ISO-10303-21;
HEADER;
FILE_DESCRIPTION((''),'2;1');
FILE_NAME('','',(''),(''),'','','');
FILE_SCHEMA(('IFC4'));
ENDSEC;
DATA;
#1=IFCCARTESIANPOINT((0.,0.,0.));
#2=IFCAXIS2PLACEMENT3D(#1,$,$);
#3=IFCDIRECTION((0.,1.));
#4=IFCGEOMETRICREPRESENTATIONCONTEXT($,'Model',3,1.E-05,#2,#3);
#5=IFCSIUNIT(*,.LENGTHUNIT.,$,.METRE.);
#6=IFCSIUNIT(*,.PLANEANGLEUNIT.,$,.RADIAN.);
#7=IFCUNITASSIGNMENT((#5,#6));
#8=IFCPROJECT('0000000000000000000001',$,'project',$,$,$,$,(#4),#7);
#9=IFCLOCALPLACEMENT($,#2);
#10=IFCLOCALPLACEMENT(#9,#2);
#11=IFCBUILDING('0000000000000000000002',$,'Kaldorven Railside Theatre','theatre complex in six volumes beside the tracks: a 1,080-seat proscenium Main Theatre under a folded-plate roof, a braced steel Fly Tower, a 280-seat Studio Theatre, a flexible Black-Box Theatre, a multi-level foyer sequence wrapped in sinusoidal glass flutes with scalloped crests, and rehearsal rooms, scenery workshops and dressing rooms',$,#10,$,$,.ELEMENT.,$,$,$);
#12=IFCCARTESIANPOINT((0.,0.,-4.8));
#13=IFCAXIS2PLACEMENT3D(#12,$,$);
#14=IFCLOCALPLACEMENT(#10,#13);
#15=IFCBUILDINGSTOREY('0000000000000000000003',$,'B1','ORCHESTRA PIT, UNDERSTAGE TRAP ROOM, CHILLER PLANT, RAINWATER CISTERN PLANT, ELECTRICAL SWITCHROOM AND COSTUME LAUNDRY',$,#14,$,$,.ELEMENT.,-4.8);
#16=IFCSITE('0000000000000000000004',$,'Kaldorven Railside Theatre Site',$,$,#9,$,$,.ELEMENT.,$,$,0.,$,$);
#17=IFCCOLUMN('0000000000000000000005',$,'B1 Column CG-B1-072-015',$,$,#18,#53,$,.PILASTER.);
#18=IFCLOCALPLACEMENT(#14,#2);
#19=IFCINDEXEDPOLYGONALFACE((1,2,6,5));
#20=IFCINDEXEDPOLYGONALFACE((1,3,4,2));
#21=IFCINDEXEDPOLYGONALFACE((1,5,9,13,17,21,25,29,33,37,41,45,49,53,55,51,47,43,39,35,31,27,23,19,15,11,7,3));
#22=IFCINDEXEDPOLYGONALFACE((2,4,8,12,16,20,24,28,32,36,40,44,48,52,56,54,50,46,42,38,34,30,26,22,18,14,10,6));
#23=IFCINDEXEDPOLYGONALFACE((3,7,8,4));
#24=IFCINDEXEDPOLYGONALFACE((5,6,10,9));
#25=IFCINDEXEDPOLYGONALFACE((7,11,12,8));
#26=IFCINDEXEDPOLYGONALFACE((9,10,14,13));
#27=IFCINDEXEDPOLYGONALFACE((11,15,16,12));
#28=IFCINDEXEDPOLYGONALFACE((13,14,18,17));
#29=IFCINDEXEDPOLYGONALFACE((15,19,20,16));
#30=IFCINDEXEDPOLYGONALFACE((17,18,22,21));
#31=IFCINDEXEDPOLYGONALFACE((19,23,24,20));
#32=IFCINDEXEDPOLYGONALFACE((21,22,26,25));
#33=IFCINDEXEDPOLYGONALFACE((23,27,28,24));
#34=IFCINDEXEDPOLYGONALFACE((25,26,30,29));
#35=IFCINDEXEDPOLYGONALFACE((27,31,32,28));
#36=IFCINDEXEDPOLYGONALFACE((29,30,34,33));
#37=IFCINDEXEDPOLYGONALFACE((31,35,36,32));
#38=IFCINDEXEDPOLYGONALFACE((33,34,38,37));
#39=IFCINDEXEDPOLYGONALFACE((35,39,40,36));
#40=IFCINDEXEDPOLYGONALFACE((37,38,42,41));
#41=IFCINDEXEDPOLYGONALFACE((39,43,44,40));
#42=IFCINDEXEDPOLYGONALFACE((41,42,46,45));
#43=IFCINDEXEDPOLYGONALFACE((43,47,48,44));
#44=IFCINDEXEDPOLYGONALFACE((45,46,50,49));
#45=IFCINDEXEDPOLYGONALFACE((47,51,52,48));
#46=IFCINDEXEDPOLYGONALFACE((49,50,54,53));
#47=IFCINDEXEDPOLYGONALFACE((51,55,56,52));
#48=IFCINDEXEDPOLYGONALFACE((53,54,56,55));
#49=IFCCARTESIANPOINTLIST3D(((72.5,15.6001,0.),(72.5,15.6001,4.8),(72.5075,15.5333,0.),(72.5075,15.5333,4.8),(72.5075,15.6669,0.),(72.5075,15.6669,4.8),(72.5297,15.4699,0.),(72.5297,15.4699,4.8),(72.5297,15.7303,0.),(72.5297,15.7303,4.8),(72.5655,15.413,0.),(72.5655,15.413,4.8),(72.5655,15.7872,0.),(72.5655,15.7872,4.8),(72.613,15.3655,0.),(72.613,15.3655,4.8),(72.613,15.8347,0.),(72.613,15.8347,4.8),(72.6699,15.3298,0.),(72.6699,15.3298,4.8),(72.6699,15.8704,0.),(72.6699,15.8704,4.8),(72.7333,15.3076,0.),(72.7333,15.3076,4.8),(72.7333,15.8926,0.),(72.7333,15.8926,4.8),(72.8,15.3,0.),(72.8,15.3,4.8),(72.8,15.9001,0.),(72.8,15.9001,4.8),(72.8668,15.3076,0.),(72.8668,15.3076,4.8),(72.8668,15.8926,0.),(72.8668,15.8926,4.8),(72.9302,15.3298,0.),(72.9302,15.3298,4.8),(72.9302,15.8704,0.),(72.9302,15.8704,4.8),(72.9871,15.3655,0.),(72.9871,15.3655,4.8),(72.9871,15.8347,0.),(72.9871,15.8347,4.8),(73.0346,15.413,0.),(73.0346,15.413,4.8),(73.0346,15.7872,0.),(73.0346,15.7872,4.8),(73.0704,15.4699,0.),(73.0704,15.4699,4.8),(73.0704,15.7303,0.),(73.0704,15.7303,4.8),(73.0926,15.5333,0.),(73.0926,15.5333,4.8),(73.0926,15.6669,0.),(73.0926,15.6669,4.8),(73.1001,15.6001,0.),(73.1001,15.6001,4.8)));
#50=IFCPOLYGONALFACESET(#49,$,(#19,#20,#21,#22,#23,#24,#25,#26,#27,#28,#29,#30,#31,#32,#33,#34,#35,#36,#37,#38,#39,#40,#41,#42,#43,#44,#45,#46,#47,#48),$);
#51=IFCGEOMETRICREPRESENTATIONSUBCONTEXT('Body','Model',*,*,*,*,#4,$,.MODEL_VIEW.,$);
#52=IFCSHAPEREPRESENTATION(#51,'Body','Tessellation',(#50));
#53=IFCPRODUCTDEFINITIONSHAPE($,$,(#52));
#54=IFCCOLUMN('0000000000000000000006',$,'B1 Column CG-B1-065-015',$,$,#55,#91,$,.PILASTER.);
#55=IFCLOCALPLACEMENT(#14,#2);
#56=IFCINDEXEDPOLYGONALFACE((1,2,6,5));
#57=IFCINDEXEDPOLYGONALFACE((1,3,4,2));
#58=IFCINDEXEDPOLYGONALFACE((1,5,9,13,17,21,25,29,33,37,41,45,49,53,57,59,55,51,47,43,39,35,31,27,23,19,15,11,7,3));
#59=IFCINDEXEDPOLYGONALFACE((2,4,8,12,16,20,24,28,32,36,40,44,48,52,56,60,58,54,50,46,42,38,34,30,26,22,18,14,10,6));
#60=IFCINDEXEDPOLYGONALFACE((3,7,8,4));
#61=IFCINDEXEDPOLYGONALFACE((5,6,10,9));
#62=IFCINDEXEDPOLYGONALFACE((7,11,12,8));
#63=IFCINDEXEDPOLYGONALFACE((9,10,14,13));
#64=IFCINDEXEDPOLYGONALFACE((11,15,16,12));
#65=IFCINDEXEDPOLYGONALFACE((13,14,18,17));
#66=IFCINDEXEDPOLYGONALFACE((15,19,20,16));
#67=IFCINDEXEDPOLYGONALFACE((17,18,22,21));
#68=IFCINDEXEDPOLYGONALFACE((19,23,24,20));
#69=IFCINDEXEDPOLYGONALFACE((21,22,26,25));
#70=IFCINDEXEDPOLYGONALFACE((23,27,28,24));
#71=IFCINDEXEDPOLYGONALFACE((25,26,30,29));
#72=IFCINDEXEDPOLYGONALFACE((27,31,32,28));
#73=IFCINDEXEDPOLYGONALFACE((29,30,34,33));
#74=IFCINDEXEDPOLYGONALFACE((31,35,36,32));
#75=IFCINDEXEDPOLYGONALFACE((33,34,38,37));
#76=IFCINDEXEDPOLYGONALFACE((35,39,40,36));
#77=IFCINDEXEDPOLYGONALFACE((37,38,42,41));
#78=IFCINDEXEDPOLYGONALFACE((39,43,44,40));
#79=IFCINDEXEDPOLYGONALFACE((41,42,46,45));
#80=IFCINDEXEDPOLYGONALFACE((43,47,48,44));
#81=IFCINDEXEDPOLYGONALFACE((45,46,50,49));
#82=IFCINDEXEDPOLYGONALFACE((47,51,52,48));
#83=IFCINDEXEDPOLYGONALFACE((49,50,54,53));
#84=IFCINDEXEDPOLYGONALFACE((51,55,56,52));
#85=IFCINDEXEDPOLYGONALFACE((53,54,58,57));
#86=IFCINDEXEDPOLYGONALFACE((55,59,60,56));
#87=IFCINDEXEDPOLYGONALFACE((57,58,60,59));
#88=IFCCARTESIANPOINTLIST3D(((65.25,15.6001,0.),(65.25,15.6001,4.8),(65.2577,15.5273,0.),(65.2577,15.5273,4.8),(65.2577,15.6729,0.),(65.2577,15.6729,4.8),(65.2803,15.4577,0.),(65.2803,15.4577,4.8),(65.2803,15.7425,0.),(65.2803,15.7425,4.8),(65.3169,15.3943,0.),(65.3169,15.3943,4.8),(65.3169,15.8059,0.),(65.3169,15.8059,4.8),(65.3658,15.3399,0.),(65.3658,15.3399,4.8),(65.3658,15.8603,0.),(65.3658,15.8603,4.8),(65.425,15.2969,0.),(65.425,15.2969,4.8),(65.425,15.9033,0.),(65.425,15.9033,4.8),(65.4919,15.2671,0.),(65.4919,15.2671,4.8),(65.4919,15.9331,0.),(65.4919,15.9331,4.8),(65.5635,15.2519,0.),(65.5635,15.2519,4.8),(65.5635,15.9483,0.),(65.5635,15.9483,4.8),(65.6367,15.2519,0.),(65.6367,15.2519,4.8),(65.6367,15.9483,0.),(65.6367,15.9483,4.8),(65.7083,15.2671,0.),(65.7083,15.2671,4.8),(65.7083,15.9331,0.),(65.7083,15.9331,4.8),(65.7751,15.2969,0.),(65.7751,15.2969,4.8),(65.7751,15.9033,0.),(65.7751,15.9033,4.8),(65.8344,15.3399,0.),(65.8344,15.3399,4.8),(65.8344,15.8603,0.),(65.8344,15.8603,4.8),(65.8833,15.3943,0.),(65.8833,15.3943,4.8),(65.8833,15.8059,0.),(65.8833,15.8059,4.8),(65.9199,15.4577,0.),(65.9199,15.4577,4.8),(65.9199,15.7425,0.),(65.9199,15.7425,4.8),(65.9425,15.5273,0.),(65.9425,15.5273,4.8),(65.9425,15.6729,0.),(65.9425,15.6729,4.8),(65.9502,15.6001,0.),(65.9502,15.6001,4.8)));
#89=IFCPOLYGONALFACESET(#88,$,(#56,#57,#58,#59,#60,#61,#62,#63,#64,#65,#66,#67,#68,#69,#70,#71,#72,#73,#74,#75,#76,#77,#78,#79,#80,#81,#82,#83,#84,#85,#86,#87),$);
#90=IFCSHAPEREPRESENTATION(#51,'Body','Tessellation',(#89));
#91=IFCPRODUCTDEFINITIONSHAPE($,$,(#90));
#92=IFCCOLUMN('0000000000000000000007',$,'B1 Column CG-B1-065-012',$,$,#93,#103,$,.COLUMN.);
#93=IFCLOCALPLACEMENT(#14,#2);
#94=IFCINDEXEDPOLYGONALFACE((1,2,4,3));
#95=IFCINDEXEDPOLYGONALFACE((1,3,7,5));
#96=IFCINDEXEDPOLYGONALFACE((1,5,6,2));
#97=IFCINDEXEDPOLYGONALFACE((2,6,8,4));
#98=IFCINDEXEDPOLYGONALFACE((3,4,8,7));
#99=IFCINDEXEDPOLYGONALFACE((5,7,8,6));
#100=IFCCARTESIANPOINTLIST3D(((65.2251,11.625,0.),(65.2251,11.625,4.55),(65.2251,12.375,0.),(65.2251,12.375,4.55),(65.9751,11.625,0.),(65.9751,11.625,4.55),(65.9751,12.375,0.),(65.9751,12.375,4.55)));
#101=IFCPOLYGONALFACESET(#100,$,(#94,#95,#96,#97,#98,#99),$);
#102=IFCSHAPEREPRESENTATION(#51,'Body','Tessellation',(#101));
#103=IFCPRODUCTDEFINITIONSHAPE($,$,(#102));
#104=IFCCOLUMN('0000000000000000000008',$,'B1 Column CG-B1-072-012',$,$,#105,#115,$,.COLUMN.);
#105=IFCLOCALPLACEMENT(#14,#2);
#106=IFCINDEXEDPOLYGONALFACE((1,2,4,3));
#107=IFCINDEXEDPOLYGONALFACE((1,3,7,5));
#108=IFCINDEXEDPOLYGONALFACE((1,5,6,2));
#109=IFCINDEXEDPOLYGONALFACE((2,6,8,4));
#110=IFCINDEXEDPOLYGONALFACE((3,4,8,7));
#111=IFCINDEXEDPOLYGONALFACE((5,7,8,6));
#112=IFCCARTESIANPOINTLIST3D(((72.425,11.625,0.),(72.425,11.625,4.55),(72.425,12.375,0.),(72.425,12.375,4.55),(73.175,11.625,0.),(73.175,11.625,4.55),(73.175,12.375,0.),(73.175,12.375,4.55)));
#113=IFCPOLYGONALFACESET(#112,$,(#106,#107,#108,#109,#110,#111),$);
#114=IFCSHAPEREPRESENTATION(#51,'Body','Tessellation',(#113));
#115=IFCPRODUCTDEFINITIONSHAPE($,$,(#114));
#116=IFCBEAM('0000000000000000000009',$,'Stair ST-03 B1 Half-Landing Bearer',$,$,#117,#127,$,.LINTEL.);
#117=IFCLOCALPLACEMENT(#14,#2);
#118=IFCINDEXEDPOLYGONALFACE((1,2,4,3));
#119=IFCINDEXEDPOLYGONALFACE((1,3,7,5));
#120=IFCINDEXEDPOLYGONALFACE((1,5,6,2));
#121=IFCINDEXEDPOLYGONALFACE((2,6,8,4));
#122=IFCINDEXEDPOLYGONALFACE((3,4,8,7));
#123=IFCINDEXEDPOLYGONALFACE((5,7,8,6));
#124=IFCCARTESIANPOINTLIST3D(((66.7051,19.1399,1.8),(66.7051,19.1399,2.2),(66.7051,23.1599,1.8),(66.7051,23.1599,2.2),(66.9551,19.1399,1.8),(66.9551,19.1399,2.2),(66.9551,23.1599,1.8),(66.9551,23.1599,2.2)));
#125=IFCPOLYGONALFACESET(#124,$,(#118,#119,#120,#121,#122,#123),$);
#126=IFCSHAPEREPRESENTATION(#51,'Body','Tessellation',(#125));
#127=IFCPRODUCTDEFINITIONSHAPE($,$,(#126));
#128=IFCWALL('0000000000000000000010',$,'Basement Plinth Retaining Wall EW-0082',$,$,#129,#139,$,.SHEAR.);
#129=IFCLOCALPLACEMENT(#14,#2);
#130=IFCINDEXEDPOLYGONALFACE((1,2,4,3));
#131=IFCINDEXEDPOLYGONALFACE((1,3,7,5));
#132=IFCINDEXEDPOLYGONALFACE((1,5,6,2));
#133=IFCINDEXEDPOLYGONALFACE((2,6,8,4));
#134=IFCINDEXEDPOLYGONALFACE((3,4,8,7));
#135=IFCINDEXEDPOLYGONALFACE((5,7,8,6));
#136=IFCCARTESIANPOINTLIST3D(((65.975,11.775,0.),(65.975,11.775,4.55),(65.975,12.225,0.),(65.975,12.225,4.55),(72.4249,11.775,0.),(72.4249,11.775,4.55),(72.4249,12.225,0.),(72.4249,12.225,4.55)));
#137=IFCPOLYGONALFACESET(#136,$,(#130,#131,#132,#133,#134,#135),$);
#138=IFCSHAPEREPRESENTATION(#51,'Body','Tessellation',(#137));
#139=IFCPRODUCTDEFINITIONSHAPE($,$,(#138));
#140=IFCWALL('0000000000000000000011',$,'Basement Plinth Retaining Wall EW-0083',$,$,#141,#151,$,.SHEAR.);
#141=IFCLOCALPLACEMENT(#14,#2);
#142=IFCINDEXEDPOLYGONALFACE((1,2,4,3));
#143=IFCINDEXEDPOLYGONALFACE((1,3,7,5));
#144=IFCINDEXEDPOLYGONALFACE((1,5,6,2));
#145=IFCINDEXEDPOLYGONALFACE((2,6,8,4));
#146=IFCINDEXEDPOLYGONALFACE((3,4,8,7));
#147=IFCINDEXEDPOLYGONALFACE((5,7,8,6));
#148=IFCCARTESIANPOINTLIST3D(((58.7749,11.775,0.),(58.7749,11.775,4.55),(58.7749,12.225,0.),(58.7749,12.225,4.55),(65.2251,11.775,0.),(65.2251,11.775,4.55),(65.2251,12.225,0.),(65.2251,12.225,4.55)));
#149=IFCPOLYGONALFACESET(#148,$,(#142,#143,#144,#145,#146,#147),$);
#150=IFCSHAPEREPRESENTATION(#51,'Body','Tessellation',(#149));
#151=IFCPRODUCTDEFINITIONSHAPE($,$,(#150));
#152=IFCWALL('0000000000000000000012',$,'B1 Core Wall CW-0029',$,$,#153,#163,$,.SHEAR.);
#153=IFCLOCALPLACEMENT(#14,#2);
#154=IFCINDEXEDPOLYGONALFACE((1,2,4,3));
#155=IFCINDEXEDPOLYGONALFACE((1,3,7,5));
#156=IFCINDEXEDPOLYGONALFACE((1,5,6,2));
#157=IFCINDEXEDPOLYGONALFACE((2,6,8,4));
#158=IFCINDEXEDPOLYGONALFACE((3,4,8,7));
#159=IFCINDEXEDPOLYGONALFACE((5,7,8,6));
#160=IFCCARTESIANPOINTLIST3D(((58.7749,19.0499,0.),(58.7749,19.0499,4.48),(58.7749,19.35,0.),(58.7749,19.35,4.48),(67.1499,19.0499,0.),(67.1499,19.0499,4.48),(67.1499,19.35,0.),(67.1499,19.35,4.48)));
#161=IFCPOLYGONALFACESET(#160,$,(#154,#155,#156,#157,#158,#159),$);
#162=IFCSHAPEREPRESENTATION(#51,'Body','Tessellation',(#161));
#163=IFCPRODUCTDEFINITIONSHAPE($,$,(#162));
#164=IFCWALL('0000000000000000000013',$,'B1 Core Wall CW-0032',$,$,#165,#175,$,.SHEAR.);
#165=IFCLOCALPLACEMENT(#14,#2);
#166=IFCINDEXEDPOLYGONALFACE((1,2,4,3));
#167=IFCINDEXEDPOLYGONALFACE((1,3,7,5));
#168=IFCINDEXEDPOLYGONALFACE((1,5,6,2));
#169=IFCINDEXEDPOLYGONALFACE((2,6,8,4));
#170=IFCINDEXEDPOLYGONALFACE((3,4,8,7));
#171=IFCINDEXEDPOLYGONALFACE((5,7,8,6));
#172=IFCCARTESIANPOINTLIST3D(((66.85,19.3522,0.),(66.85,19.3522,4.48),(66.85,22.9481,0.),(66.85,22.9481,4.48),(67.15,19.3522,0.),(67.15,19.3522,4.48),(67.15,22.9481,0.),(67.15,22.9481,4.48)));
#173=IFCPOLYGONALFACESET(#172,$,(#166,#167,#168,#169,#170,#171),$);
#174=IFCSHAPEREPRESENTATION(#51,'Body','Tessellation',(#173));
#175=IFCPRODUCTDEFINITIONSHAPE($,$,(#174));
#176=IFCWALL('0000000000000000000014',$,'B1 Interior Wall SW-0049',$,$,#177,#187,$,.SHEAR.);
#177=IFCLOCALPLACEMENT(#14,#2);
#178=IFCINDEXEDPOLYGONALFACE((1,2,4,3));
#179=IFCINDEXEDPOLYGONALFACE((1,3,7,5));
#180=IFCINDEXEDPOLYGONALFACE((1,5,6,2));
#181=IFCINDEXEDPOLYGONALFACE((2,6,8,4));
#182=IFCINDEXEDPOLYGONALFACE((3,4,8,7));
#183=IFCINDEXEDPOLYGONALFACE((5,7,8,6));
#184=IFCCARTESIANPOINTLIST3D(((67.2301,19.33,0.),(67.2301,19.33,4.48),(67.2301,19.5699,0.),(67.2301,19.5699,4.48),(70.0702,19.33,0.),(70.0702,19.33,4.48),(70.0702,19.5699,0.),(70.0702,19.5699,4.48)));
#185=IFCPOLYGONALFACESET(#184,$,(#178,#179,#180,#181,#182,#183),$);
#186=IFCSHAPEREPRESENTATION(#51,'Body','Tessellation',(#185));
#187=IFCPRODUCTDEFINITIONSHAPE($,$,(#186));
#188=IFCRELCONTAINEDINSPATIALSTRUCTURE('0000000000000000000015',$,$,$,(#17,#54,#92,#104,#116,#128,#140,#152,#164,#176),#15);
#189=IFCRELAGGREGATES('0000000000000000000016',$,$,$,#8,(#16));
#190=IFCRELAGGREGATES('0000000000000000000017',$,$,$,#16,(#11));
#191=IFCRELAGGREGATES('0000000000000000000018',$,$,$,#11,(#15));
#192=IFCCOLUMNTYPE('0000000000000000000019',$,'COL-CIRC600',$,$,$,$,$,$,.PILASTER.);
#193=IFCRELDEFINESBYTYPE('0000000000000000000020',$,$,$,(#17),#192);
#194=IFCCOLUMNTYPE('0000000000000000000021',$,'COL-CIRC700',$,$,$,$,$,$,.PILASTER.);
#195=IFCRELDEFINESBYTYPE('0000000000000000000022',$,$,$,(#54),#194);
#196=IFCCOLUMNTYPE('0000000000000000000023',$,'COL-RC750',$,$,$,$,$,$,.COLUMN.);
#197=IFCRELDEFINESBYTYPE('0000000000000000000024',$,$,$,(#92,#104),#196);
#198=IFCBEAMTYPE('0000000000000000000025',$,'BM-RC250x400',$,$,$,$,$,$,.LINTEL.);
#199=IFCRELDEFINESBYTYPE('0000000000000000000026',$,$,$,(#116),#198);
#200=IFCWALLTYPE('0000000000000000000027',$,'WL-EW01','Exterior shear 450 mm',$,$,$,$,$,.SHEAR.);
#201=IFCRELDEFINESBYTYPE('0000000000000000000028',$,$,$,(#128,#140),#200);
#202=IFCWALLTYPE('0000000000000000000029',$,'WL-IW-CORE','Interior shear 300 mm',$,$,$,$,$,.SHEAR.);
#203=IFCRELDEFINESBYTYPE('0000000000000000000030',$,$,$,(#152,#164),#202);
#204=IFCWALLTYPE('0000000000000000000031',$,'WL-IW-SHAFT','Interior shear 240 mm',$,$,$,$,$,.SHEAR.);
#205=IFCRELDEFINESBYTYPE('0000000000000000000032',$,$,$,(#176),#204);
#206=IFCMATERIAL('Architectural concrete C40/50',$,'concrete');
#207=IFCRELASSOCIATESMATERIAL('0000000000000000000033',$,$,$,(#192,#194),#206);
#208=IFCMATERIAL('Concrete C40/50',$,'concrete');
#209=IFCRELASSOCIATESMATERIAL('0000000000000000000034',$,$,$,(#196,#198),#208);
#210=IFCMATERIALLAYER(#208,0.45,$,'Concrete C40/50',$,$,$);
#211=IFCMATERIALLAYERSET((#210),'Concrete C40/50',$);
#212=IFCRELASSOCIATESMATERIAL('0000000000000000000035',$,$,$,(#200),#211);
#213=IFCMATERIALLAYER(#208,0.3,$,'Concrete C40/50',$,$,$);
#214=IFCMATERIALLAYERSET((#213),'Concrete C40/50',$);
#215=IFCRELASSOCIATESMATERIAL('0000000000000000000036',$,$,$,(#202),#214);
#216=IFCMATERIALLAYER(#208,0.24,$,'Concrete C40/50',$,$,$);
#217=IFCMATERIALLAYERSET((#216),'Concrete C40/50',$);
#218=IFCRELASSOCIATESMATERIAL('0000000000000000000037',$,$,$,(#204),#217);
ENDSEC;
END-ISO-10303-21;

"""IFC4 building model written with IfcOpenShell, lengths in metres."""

from ifc_helpers import new_model, si_unit, direction, frame, frame_2d, origin, origin_2d, place, context, subcontext, project, spatial, rectangle, circle, extrude, material, layer, layer_set, material_profile, profile_set, type_object, element, save


model = new_model("IFC4")

# Units and contexts
model_context = context("Model", 3, precision=1e-05, world=origin(), true_north=direction((0.0, 1.0)))
body_context = subcontext(model_context, "Body", "Model", "MODEL_VIEW")
ifc_project = project(units=[si_unit("LENGTHUNIT", "METRE"), si_unit("PLANEANGLEUNIT", "RADIAN")], contexts=[model_context])

# Site, building, storey
site_placement = place(None, origin())
site = spatial("IfcSite", under=ifc_project, at=site_placement, Name="Kaldorven Railside Theatre Site", CompositionType="ELEMENT", RefElevation=0.0)
building_placement = place(site_placement, origin())
building = spatial("IfcBuilding", under=site, at=building_placement, Name="Kaldorven Railside Theatre", Description="theatre complex in six volumes beside the tracks: a 1,080-seat proscenium Main Theatre under a folded-plate roof, a braced steel Fly Tower, a 280-seat Studio Theatre, a flexible Black-Box Theatre, a multi-level foyer sequence wrapped in sinusoidal glass flutes with scalloped crests, and rehearsal rooms, scenery workshops and dressing rooms", CompositionType="ELEMENT")
storey_placement = place(building_placement, frame((0.0, 0.0, -4.8)))
storey = spatial("IfcBuildingStorey", under=building, at=storey_placement, Name="B1", Description="ORCHESTRA PIT, UNDERSTAGE TRAP ROOM, CHILLER PLANT, RAINWATER CISTERN PLANT, ELECTRICAL SWITCHROOM AND COSTUME LAUNDRY", CompositionType="ELEMENT", Elevation=-4.8)

# Shared definitions
ifc_material_1 = material(Name="Concrete C40/50", Category="concrete")

# Columns
ifc_material_2 = material(Name="Architectural concrete C40/50", Category="concrete")
ifc_material_profile_1 = material_profile(ifc_material_2, circle(Radius=0.3, at=origin_2d()), Name="RC D600")
ifc_profile_set_1 = profile_set([ifc_material_profile_1], Name="Architectural concrete C40/50")
column_type_1 = type_object("IfcColumnType", Name="COL-CIRC600", PredefinedType="PILASTER", material=ifc_profile_set_1)
column_1_placement = place(storey_placement, frame((72.8, 15.6001, 0.0), z_axis=(0.0, 0.0, 1.0), x_axis=(1.0, 0.0, 0.0)))
element("IfcColumn", 1, at=column_1_placement, inside=storey, type_object=column_type_1, Name="B1 Column CG-B1-072-015", PredefinedType="PILASTER", context=body_context, shape_type="SweptSolid", body=[
    extrude(circle(Radius=0.3, at=origin_2d()), origin(), (0.0, 0.0, 1.0), 4.8),
])
ifc_material_profile_2 = material_profile(ifc_material_2, circle(Radius=0.3501, at=origin_2d()), Name="RC D700")
ifc_profile_set_2 = profile_set([ifc_material_profile_2], Name="Architectural concrete C40/50")
column_type_2 = type_object("IfcColumnType", Name="COL-CIRC700", PredefinedType="PILASTER", material=ifc_profile_set_2)
column_2_placement = place(storey_placement, frame((65.6001, 15.6001, 0.0), z_axis=(0.0, 0.0, 1.0), x_axis=(1.0, 0.0, 0.0)))
element("IfcColumn", 2, at=column_2_placement, inside=storey, type_object=column_type_2, Name="B1 Column CG-B1-065-015", PredefinedType="PILASTER", context=body_context, shape_type="SweptSolid", body=[
    extrude(circle(Radius=0.3501, at=origin_2d()), origin(), (0.0, 0.0, 1.0), 4.8),
])
ifc_material_profile_3 = material_profile(ifc_material_1, rectangle(XDim=0.75, YDim=0.75, at=origin_2d()), Name="RC 750x750")
ifc_profile_set_3 = profile_set([ifc_material_profile_3], Name="Concrete C40/50")
column_type_3 = type_object("IfcColumnType", Name="COL-RC750", PredefinedType="COLUMN", material=ifc_profile_set_3)
for number, where, z_axis, x_axis, name in (
    (3, (65.6001, 12.0, 0.0), (0.0, 0.0, 1.0), (1.0, 0.0, 0.0), "B1 Column CG-B1-065-012"),
    (4, (72.8, 12.0, 0.0), (0.0, 0.0, 1.0), (1.0, 0.0, 0.0), "B1 Column CG-B1-072-012"),
):
    element("IfcColumn", number, at=place(storey_placement, frame(where, z_axis=z_axis, x_axis=x_axis)), inside=storey, type_object=column_type_3, Name=name, PredefinedType="COLUMN", context=body_context, shape_type="SweptSolid", body=[
        extrude(rectangle(XDim=0.75, YDim=0.75, at=origin_2d()), origin(), (0.0, 0.0, 1.0), 4.55),
    ])

# Beam
ifc_material_profile_4 = material_profile(ifc_material_1, rectangle(XDim=0.25, YDim=0.3999, at=origin_2d()), Name="RC 250x400")
ifc_profile_set_4 = profile_set([ifc_material_profile_4], Name="Concrete C40/50")
beam_type = type_object("IfcBeamType", Name="BM-RC250x400", PredefinedType="LINTEL", material=ifc_profile_set_4)
beam_placement = place(storey_placement, frame((66.8301, 19.1399, 2.0), z_axis=(0.0, 1.0, 0.0), x_axis=(-1.0, 0.0, 0.0)))
element("IfcBeam", 5, at=beam_placement, inside=storey, type_object=beam_type, Name="Stair ST-03 B1 Half-Landing Bearer", PredefinedType="LINTEL", context=body_context, shape_type="SweptSolid", body=[
    extrude(rectangle(XDim=0.25, YDim=0.3999, at=origin_2d()), origin(), (0.0, 0.0, 1.0), 4.02),
])

# Walls
ifc_layer_1 = layer(ifc_material_1, 0.45, Name="Concrete C40/50")
ifc_layer_set_1 = layer_set([ifc_layer_1], Name="Concrete C40/50")
wall_type_1 = type_object("IfcWallType", Name="WL-EW01", Description="Exterior shear 450 mm", PredefinedType="SHEAR", material=ifc_layer_set_1)
wall_1_placement = place(storey_placement, frame((72.425, 12.0, 0.0), z_axis=(0.0, 0.0, 1.0), x_axis=(-1.0, 0.0, 0.0)))
element("IfcWall", 6, at=wall_1_placement, inside=storey, type_object=wall_type_1, Name="Basement Plinth Retaining Wall EW-0082", PredefinedType="SHEAR", context=body_context, shape_type="SweptSolid", body=[
    extrude(rectangle(XDim=6.45, YDim=0.45, at=frame_2d((3.2251, 0.0))), origin(), (0.0, 0.0, 1.0), 4.55),
])
wall_2_placement = place(storey_placement, frame((65.2251, 12.0, 0.0), z_axis=(0.0, 0.0, 1.0), x_axis=(-1.0, 0.0, 0.0)))
element("IfcWall", 7, at=wall_2_placement, inside=storey, type_object=wall_type_1, Name="Basement Plinth Retaining Wall EW-0083", PredefinedType="SHEAR", context=body_context, shape_type="SweptSolid", body=[
    extrude(rectangle(XDim=6.4502, YDim=0.45, at=frame_2d((3.2251, 0.0))), origin(), (0.0, 0.0, 1.0), 4.55),
])
ifc_layer_2 = layer(ifc_material_1, 0.3, Name="Concrete C40/50")
ifc_layer_set_2 = layer_set([ifc_layer_2], Name="Concrete C40/50")
wall_type_2 = type_object("IfcWallType", Name="WL-IW-CORE", Description="Interior shear 300 mm", PredefinedType="SHEAR", material=ifc_layer_set_2)
wall_3_placement = place(storey_placement, frame((67.1499, 19.2, 0.0), z_axis=(0.0, 0.0, 1.0), x_axis=(-1.0, 0.0, 0.0)))
element("IfcWall", 8, at=wall_3_placement, inside=storey, type_object=wall_type_2, Name="B1 Core Wall CW-0029", PredefinedType="SHEAR", context=body_context, shape_type="SweptSolid", body=[
    extrude(rectangle(XDim=8.375, YDim=0.3, at=frame_2d((4.1875, 0.0))), origin(), (0.0, 0.0, 1.0), 4.48),
])
wall_4_placement = place(storey_placement, frame((67.0, 22.948, 0.0), z_axis=(0.0, 0.0, 1.0), x_axis=(0.0, -1.0, 0.0)))
element("IfcWall", 9, at=wall_4_placement, inside=storey, type_object=wall_type_2, Name="B1 Core Wall CW-0032", PredefinedType="SHEAR", context=body_context, shape_type="SweptSolid", body=[
    extrude(rectangle(XDim=3.5959, YDim=0.3, at=frame_2d((1.7979, 0.0))), origin(), (0.0, 0.0, 1.0), 4.48),
])
ifc_layer_3 = layer(ifc_material_1, 0.24, Name="Concrete C40/50")
ifc_layer_set_3 = layer_set([ifc_layer_3], Name="Concrete C40/50")
wall_type_3 = type_object("IfcWallType", Name="WL-IW-SHAFT", Description="Interior shear 240 mm", PredefinedType="SHEAR", material=ifc_layer_set_3)
wall_5_placement = place(storey_placement, frame((70.0701, 19.45, 0.0), z_axis=(0.0, 0.0, 1.0), x_axis=(-1.0, 0.0, 0.0)))
element("IfcWall", 10, at=wall_5_placement, inside=storey, type_object=wall_type_3, Name="B1 Interior Wall SW-0049", PredefinedType="SHEAR", context=body_context, shape_type="SweptSolid", body=[
    extrude(rectangle(XDim=2.8401, YDim=0.24, at=frame_2d((1.4199, 0.0))), origin(), (0.0, 0.0, 1.0), 4.48),
])

save(model, "model.ifc")
